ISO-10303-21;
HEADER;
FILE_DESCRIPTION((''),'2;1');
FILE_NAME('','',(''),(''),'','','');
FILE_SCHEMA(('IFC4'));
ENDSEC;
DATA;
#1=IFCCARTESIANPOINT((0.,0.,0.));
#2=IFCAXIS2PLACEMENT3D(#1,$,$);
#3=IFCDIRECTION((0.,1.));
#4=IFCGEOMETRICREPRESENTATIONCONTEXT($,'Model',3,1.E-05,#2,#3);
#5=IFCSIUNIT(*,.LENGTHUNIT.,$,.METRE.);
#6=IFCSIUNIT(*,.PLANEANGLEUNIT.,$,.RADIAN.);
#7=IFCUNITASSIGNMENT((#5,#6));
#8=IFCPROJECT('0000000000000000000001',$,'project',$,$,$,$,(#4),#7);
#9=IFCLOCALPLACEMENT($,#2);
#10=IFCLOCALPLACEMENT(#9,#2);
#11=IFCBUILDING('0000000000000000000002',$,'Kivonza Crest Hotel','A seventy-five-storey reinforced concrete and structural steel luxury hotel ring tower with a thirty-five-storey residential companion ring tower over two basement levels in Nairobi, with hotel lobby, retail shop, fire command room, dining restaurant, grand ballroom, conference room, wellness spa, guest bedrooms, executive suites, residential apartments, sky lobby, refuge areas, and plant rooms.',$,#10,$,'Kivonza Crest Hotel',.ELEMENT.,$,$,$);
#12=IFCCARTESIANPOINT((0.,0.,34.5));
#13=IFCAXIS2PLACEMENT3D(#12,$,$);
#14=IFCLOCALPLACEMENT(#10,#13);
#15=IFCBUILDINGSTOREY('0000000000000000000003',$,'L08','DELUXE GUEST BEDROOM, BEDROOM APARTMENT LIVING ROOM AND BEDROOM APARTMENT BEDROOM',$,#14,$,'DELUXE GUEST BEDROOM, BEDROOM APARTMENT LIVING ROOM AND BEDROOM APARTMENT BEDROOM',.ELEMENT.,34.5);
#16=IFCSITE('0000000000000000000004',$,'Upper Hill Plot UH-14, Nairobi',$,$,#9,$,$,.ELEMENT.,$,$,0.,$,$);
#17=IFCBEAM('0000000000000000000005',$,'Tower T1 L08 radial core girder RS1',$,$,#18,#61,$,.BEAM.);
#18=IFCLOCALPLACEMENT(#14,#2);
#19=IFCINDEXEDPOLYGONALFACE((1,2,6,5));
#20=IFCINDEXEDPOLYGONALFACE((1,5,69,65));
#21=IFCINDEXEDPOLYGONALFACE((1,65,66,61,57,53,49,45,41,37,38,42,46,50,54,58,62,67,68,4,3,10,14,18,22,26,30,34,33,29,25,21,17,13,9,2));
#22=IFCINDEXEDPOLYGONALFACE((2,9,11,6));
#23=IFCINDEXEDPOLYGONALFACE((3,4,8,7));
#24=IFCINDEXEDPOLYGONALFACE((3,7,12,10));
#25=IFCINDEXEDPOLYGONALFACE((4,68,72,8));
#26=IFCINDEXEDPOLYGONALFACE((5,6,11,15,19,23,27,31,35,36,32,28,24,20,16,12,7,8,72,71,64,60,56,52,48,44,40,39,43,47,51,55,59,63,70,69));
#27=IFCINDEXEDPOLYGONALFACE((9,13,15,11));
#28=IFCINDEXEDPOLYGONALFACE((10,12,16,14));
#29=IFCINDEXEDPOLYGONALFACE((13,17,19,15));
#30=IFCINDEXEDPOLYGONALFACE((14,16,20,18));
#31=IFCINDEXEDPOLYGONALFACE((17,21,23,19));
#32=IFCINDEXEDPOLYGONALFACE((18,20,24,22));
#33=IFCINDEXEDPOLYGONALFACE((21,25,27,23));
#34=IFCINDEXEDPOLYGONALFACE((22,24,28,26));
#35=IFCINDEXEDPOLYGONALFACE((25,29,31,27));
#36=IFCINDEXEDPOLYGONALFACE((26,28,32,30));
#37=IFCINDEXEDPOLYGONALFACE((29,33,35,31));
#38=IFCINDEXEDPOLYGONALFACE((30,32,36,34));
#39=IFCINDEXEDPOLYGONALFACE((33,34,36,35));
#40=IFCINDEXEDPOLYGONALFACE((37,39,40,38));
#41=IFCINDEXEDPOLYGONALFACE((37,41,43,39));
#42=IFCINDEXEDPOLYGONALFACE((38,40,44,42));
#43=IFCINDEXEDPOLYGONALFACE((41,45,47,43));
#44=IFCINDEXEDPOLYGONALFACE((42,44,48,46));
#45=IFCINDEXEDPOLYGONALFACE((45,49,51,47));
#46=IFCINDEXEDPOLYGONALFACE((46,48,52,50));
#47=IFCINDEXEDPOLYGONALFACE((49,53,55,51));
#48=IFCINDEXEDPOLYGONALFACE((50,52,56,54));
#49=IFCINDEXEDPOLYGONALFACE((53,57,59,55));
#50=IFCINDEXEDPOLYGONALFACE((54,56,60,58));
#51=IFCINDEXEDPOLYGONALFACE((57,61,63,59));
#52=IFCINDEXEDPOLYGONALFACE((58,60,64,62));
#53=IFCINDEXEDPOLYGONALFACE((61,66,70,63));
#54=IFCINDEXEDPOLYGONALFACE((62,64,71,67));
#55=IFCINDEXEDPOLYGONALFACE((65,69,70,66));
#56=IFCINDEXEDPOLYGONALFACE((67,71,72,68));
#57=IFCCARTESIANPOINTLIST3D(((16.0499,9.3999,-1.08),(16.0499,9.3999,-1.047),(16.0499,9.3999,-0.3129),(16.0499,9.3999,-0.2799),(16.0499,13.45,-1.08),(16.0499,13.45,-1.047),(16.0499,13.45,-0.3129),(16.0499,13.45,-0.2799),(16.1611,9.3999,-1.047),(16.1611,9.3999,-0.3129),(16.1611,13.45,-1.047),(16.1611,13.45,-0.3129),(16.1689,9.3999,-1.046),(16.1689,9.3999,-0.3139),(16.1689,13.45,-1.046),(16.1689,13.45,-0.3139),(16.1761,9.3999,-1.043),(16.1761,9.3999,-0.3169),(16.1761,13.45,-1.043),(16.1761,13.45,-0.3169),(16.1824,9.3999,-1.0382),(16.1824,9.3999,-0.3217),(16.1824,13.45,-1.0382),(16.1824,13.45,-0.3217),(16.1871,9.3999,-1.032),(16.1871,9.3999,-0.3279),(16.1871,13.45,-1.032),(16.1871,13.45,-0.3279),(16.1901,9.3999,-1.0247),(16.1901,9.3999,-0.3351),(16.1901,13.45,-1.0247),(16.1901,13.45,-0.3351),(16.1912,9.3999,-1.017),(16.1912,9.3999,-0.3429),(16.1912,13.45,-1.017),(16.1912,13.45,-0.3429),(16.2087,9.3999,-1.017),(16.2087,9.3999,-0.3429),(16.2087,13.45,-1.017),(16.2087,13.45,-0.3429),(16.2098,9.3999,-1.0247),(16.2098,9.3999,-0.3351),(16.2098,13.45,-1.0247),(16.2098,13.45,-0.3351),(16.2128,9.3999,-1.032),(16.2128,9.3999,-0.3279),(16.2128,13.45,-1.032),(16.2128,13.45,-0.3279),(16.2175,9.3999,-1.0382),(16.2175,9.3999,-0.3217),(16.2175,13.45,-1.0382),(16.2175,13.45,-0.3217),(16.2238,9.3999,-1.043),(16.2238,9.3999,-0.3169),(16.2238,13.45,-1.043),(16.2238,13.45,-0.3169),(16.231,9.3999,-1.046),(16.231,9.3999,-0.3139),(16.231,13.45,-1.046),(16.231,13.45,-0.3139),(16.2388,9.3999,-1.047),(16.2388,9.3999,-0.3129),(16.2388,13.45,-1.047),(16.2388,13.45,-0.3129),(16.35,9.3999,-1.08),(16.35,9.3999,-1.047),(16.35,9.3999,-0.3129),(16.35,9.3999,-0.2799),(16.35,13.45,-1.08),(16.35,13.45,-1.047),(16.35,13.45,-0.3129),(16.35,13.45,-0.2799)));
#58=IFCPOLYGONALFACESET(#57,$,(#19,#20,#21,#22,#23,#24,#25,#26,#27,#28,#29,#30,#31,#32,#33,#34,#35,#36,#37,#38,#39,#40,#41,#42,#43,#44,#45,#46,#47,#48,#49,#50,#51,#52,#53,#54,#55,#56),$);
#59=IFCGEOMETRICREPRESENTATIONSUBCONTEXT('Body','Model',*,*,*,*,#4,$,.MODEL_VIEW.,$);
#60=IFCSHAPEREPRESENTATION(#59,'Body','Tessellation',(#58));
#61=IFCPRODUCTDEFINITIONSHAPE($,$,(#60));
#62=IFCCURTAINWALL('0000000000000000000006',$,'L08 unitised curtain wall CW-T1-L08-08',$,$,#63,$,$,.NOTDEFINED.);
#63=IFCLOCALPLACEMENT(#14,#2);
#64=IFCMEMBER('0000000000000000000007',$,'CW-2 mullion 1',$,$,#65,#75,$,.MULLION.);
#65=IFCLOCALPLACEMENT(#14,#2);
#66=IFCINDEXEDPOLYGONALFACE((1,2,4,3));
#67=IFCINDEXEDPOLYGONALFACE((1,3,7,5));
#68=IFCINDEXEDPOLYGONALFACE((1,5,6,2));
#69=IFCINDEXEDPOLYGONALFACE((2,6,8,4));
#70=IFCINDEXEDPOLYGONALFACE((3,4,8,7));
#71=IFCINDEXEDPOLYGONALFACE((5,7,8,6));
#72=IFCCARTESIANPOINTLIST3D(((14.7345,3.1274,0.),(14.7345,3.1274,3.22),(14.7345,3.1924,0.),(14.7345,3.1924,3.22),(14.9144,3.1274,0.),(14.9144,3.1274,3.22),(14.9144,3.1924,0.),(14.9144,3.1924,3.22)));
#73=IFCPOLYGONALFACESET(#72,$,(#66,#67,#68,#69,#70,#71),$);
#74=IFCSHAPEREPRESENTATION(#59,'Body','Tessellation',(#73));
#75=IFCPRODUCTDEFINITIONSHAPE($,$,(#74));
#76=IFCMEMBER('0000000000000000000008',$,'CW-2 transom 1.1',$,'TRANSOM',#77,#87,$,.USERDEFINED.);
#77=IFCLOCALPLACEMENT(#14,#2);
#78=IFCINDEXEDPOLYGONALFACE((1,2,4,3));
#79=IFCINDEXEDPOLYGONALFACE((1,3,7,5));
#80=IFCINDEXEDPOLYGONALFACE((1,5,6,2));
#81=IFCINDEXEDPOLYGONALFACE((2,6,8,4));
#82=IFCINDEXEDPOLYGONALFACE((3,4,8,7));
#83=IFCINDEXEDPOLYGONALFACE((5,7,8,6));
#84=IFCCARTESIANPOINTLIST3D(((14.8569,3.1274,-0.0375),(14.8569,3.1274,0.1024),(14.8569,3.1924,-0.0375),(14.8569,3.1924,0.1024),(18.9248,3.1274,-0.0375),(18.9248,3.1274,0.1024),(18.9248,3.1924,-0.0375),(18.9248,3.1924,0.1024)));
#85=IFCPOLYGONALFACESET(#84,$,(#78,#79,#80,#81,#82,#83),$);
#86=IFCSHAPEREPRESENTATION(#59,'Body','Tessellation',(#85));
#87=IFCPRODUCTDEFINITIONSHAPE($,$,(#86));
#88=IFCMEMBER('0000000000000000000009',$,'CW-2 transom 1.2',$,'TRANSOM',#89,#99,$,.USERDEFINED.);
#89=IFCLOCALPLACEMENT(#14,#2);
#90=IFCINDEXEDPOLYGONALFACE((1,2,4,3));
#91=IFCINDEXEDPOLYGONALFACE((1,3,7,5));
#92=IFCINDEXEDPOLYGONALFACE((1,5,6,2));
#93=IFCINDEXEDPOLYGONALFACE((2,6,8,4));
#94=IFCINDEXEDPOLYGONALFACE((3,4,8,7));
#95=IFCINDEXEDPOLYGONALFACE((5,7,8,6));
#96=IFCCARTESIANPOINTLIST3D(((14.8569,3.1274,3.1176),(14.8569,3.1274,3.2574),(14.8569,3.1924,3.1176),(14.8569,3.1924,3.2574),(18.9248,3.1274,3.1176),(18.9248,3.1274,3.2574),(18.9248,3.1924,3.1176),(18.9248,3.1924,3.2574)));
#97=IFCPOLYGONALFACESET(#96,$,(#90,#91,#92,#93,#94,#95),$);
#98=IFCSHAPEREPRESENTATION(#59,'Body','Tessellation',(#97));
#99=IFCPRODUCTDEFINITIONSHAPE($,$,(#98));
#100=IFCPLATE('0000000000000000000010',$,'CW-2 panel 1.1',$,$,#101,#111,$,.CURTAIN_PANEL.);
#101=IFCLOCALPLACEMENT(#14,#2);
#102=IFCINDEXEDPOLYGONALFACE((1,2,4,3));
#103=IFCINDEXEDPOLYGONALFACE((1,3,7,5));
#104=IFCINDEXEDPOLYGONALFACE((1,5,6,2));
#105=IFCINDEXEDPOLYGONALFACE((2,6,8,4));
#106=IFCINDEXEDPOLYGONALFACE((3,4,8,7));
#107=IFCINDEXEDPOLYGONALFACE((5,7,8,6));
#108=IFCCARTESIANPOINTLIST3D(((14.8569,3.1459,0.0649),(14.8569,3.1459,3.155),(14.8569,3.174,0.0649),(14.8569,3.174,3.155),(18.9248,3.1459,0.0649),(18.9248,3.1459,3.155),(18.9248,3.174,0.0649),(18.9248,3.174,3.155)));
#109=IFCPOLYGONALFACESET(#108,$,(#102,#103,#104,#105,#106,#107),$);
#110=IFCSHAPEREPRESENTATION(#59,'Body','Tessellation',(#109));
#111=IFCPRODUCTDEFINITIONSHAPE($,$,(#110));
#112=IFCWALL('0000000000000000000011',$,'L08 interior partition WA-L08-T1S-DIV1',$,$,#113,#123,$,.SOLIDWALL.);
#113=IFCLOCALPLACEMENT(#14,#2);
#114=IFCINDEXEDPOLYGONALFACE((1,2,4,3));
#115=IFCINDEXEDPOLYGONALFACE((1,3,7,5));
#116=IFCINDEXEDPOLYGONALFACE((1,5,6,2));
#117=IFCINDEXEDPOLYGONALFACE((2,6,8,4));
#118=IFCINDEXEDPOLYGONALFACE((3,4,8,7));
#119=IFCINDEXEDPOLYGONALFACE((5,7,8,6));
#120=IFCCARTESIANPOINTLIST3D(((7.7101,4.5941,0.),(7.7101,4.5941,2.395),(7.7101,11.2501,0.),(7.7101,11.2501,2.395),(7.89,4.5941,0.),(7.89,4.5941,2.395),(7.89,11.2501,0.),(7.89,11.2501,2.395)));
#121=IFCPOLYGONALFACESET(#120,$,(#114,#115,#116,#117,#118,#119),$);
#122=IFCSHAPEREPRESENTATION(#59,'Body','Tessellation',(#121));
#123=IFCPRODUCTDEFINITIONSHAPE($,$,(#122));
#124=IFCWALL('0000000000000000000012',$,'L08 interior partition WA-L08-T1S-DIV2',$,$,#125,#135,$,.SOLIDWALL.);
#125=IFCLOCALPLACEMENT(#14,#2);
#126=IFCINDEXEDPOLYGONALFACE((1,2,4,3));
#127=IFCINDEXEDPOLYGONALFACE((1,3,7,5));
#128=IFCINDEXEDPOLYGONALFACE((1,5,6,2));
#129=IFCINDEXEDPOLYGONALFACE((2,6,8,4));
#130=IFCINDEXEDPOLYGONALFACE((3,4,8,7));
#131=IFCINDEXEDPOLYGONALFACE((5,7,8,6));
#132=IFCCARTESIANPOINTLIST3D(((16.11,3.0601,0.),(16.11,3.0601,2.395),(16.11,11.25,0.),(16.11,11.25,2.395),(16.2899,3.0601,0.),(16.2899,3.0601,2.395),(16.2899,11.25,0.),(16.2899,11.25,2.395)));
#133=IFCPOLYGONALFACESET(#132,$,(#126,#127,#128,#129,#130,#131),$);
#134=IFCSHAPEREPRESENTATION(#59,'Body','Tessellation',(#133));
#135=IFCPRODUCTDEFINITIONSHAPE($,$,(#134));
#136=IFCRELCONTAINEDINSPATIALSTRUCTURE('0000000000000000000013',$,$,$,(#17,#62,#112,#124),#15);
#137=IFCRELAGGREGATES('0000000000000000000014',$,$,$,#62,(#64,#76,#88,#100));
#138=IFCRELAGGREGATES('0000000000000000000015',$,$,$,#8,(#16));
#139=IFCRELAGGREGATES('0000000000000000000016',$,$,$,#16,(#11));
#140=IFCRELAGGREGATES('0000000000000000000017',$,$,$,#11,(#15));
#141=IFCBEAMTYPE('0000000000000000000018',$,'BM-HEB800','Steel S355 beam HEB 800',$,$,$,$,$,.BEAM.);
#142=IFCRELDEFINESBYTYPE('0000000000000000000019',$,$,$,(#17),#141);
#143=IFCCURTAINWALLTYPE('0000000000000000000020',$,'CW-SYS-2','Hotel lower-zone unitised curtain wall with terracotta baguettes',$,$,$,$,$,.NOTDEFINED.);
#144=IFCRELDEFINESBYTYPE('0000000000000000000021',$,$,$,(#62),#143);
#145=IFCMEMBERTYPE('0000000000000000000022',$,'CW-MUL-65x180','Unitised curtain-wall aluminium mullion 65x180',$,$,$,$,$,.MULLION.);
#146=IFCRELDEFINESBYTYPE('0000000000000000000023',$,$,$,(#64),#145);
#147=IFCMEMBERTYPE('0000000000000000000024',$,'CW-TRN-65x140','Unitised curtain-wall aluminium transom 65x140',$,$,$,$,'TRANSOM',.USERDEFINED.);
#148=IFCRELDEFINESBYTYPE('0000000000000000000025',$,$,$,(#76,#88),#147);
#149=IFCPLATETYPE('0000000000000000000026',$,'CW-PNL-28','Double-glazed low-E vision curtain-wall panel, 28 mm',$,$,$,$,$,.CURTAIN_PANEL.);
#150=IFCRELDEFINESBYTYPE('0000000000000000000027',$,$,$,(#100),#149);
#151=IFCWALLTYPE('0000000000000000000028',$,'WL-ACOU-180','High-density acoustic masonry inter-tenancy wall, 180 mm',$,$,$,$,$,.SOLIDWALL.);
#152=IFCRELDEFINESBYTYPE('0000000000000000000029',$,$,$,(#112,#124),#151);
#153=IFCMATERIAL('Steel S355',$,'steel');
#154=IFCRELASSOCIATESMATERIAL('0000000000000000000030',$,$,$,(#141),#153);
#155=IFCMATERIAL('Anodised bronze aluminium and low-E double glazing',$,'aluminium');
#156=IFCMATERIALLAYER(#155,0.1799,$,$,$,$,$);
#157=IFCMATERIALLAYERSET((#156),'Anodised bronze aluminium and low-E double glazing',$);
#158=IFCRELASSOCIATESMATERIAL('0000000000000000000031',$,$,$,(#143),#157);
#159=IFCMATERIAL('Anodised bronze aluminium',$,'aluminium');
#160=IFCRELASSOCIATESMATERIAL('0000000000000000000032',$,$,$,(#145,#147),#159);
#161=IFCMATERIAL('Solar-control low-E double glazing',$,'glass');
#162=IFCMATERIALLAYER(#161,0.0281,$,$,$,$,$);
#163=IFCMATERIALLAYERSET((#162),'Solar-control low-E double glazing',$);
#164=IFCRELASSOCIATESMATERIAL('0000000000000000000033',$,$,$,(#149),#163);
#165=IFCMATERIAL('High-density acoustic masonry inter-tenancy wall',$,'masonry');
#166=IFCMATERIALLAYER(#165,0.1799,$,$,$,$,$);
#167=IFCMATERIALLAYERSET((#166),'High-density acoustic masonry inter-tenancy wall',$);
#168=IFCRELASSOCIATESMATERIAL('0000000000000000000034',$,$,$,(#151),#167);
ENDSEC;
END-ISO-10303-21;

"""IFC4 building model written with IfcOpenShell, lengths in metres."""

from ifc_helpers import new_model, si_unit, direction, frame, frame_2d, origin, origin_2d, place, context, subcontext, project, spatial, rectangle, i_section, extrude, material, layer, layer_set, material_profile, profile_set, type_object, element, aggregate, save


model = new_model("IFC4")

# Units and contexts
model_context = context("Model", 3, precision=1e-05, world=origin(), true_north=direction((0.0, 1.0)))
body_context = subcontext(model_context, "Body", "Model", "MODEL_VIEW")
ifc_project = project(units=[si_unit("LENGTHUNIT", "METRE"), si_unit("PLANEANGLEUNIT", "RADIAN")], contexts=[model_context])

# Site, building, storey
site_placement = place(None, origin())
site = spatial("IfcSite", under=ifc_project, at=site_placement, Name="Upper Hill Plot UH-14, Nairobi", CompositionType="ELEMENT", RefElevation=0.0)
building_placement = place(site_placement, origin())
building = spatial("IfcBuilding", under=site, at=building_placement, Name="Kivonza Crest Hotel", Description="A seventy-five-storey reinforced concrete and structural steel luxury hotel ring tower with a thirty-five-storey residential companion ring tower over two basement levels in Nairobi, with hotel lobby, retail shop, fire command room, dining restaurant, grand ballroom, conference room, wellness spa, guest bedrooms, executive suites, residential apartments, sky lobby, refuge areas, and plant rooms.", LongName="Kivonza Crest Hotel", CompositionType="ELEMENT")
storey_placement = place(building_placement, frame((0.0, 0.0, 34.5)))
storey = spatial("IfcBuildingStorey", under=building, at=storey_placement, Name="L08", Description="DELUXE GUEST BEDROOM, BEDROOM APARTMENT LIVING ROOM AND BEDROOM APARTMENT BEDROOM", LongName="DELUXE GUEST BEDROOM, BEDROOM APARTMENT LIVING ROOM AND BEDROOM APARTMENT BEDROOM", CompositionType="ELEMENT", Elevation=34.5)

# Beam
ifc_material_1 = material(Name="Steel S355", Category="steel")
ifc_material_profile_1 = material_profile(ifc_material_1, i_section(OverallWidth=0.3, OverallDepth=0.8, WebThickness=0.0176, FlangeThickness=0.033, FilletRadius=0.03, at=origin_2d()), Name="HEB 800")
ifc_profile_set_1 = profile_set([ifc_material_profile_1], Name="Steel S355")
beam_type_1 = type_object("IfcBeamType", Name="BM-HEB800", Description="Steel S355 beam HEB 800", PredefinedType="BEAM", material=ifc_profile_set_1)
beam_1_placement = place(storey_placement, frame((16.2, 9.3999, -0.6799), z_axis=(0.0, 1.0, 0.0), x_axis=(-1.0, 0.0, 0.0)))
element("IfcBeam", 1, at=beam_1_placement, inside=storey, type_object=beam_type_1, Name="Tower T1 L08 radial core girder RS1", PredefinedType="BEAM", context=body_context, shape_type="SweptSolid", body=[
    extrude(i_section(OverallWidth=0.3, OverallDepth=0.8, WebThickness=0.0176, FlangeThickness=0.033, FilletRadius=0.03, at=origin_2d()), origin(), (0.0, 0.0, 1.0), 4.05),
])

# Curtain wall, members, plate
ifc_material_2 = material(Name="Anodised bronze aluminium and low-E double glazing", Category="aluminium")
ifc_layer_1 = layer(ifc_material_2, 0.1799)
ifc_layer_set_1 = layer_set([ifc_layer_1], Name="Anodised bronze aluminium and low-E double glazing")
curtain_wall_type = type_object("IfcCurtainWallType", Name="CW-SYS-2", Description="Hotel lower-zone unitised curtain wall with terracotta baguettes", PredefinedType="NOTDEFINED", material=ifc_layer_set_1)
curtain_wall_placement = place(storey_placement, origin())
curtain_wall = element("IfcCurtainWall", 2, at=curtain_wall_placement, inside=storey, type_object=curtain_wall_type, Name="L08 unitised curtain wall CW-T1-L08-08", PredefinedType="NOTDEFINED")
ifc_material_3 = material(Name="Anodised bronze aluminium", Category="aluminium")
ifc_material_profile_2 = material_profile(ifc_material_3, rectangle(XDim=0.0649, YDim=0.1799, at=origin_2d()), Name="CW-M 65x180")
ifc_profile_set_2 = profile_set([ifc_material_profile_2], Name="Anodised bronze aluminium")
member_type_1 = type_object("IfcMemberType", Name="CW-MUL-65x180", Description="Unitised curtain-wall aluminium mullion 65x180", PredefinedType="MULLION", material=ifc_profile_set_2)
member_1_placement = place(storey_placement, frame((14.8245, 3.1599, 0.0), z_axis=(0.0, 0.0, 1.0), x_axis=(0.0, 1.0, 0.0)))
member_1 = element("IfcMember", 3, at=member_1_placement, type_object=member_type_1, Name="CW-2 mullion 1", PredefinedType="MULLION", context=body_context, shape_type="SweptSolid", body=[
    extrude(rectangle(XDim=0.0649, YDim=0.1799, at=origin_2d()), origin(), (0.0, 0.0, 1.0), 3.22),
])
ifc_material_profile_3 = material_profile(ifc_material_3, rectangle(XDim=0.0649, YDim=0.1399, at=origin_2d()), Name="CW-T 65x140")
ifc_profile_set_3 = profile_set([ifc_material_profile_3], Name="Anodised bronze aluminium")
member_type_2 = type_object("IfcMemberType", Name="CW-TRN-65x140", Description="Unitised curtain-wall aluminium transom 65x140", ElementType="TRANSOM", PredefinedType="USERDEFINED", material=ifc_profile_set_3)
member_2_placement = place(storey_placement, frame((14.8569, 3.1599, 0.0325), z_axis=(1.0, 0.0, 0.0), x_axis=(0.0, 1.0, 0.0)))
member_2 = element("IfcMember", 4, at=member_2_placement, type_object=member_type_2, Name="CW-2 transom 1.1", ObjectType="TRANSOM", PredefinedType="USERDEFINED", context=body_context, shape_type="SweptSolid", body=[
    extrude(rectangle(XDim=0.0649, YDim=0.1399, at=origin_2d()), origin(), (0.0, 0.0, 1.0), 4.0679),
])
member_3_placement = place(storey_placement, frame((14.8569, 3.1599, 3.1875), z_axis=(1.0, 0.0, 0.0), x_axis=(0.0, 1.0, 0.0)))
member_3 = element("IfcMember", 5, at=member_3_placement, type_object=member_type_2, Name="CW-2 transom 1.2", ObjectType="TRANSOM", PredefinedType="USERDEFINED", context=body_context, shape_type="SweptSolid", body=[
    extrude(rectangle(XDim=0.0649, YDim=0.1399, at=origin_2d()), origin(), (0.0, 0.0, 1.0), 4.0679),
])
ifc_material_4 = material(Name="Solar-control low-E double glazing", Category="glass")
ifc_layer_2 = layer(ifc_material_4, 0.0281)
ifc_layer_set_2 = layer_set([ifc_layer_2], Name="Solar-control low-E double glazing")
plate_type = type_object("IfcPlateType", Name="CW-PNL-28", Description="Double-glazed low-E vision curtain-wall panel, 28 mm", PredefinedType="CURTAIN_PANEL", material=ifc_layer_set_2)
plate_placement = place(storey_placement, frame((16.8909, 3.1599, 0.0649), z_axis=(0.0, 0.0, 1.0), x_axis=(1.0, 0.0, 0.0)))
plate = element("IfcPlate", 6, at=plate_placement, type_object=plate_type, Name="CW-2 panel 1.1", PredefinedType="CURTAIN_PANEL", context=body_context, shape_type="SweptSolid", body=[
    extrude(rectangle(XDim=4.0679, YDim=0.0281, at=origin_2d()), origin(), (0.0, 0.0, 1.0), 3.0901),
])
aggregate(curtain_wall, [member_1, member_2, member_3, plate])

# Walls
ifc_material_5 = material(Name="High-density acoustic masonry inter-tenancy wall", Category="masonry")
ifc_layer_3 = layer(ifc_material_5, 0.1799)
ifc_layer_set_3 = layer_set([ifc_layer_3], Name="High-density acoustic masonry inter-tenancy wall")
wall_type_1 = type_object("IfcWallType", Name="WL-ACOU-180", Description="High-density acoustic masonry inter-tenancy wall, 180 mm", PredefinedType="SOLIDWALL", material=ifc_layer_set_3)
wall_1_placement = place(storey_placement, frame((7.8, 4.594, 0.0), z_axis=(0.0, 0.0, 1.0), x_axis=(0.0, 1.0, 0.0)))
element("IfcWall", 7, at=wall_1_placement, inside=storey, type_object=wall_type_1, Name="L08 interior partition WA-L08-T1S-DIV1", PredefinedType="SOLIDWALL", context=body_context, shape_type="SweptSolid", body=[
    extrude(rectangle(XDim=6.656, YDim=0.1799, at=frame_2d((3.3281, 0.0))), origin(), (0.0, 0.0, 1.0), 2.395),
])
wall_2_placement = place(storey_placement, frame((16.2, 3.0601, 0.0), z_axis=(0.0, 0.0, 1.0), x_axis=(0.0, 1.0, 0.0)))
element("IfcWall", 8, at=wall_2_placement, inside=storey, type_object=wall_type_1, Name="L08 interior partition WA-L08-T1S-DIV2", PredefinedType="SOLIDWALL", context=body_context, shape_type="SweptSolid", body=[
    extrude(rectangle(XDim=8.1899, YDim=0.1799, at=frame_2d((4.095, 0.0))), origin(), (0.0, 0.0, 1.0), 2.395),
])

save(model, "model.ifc")
